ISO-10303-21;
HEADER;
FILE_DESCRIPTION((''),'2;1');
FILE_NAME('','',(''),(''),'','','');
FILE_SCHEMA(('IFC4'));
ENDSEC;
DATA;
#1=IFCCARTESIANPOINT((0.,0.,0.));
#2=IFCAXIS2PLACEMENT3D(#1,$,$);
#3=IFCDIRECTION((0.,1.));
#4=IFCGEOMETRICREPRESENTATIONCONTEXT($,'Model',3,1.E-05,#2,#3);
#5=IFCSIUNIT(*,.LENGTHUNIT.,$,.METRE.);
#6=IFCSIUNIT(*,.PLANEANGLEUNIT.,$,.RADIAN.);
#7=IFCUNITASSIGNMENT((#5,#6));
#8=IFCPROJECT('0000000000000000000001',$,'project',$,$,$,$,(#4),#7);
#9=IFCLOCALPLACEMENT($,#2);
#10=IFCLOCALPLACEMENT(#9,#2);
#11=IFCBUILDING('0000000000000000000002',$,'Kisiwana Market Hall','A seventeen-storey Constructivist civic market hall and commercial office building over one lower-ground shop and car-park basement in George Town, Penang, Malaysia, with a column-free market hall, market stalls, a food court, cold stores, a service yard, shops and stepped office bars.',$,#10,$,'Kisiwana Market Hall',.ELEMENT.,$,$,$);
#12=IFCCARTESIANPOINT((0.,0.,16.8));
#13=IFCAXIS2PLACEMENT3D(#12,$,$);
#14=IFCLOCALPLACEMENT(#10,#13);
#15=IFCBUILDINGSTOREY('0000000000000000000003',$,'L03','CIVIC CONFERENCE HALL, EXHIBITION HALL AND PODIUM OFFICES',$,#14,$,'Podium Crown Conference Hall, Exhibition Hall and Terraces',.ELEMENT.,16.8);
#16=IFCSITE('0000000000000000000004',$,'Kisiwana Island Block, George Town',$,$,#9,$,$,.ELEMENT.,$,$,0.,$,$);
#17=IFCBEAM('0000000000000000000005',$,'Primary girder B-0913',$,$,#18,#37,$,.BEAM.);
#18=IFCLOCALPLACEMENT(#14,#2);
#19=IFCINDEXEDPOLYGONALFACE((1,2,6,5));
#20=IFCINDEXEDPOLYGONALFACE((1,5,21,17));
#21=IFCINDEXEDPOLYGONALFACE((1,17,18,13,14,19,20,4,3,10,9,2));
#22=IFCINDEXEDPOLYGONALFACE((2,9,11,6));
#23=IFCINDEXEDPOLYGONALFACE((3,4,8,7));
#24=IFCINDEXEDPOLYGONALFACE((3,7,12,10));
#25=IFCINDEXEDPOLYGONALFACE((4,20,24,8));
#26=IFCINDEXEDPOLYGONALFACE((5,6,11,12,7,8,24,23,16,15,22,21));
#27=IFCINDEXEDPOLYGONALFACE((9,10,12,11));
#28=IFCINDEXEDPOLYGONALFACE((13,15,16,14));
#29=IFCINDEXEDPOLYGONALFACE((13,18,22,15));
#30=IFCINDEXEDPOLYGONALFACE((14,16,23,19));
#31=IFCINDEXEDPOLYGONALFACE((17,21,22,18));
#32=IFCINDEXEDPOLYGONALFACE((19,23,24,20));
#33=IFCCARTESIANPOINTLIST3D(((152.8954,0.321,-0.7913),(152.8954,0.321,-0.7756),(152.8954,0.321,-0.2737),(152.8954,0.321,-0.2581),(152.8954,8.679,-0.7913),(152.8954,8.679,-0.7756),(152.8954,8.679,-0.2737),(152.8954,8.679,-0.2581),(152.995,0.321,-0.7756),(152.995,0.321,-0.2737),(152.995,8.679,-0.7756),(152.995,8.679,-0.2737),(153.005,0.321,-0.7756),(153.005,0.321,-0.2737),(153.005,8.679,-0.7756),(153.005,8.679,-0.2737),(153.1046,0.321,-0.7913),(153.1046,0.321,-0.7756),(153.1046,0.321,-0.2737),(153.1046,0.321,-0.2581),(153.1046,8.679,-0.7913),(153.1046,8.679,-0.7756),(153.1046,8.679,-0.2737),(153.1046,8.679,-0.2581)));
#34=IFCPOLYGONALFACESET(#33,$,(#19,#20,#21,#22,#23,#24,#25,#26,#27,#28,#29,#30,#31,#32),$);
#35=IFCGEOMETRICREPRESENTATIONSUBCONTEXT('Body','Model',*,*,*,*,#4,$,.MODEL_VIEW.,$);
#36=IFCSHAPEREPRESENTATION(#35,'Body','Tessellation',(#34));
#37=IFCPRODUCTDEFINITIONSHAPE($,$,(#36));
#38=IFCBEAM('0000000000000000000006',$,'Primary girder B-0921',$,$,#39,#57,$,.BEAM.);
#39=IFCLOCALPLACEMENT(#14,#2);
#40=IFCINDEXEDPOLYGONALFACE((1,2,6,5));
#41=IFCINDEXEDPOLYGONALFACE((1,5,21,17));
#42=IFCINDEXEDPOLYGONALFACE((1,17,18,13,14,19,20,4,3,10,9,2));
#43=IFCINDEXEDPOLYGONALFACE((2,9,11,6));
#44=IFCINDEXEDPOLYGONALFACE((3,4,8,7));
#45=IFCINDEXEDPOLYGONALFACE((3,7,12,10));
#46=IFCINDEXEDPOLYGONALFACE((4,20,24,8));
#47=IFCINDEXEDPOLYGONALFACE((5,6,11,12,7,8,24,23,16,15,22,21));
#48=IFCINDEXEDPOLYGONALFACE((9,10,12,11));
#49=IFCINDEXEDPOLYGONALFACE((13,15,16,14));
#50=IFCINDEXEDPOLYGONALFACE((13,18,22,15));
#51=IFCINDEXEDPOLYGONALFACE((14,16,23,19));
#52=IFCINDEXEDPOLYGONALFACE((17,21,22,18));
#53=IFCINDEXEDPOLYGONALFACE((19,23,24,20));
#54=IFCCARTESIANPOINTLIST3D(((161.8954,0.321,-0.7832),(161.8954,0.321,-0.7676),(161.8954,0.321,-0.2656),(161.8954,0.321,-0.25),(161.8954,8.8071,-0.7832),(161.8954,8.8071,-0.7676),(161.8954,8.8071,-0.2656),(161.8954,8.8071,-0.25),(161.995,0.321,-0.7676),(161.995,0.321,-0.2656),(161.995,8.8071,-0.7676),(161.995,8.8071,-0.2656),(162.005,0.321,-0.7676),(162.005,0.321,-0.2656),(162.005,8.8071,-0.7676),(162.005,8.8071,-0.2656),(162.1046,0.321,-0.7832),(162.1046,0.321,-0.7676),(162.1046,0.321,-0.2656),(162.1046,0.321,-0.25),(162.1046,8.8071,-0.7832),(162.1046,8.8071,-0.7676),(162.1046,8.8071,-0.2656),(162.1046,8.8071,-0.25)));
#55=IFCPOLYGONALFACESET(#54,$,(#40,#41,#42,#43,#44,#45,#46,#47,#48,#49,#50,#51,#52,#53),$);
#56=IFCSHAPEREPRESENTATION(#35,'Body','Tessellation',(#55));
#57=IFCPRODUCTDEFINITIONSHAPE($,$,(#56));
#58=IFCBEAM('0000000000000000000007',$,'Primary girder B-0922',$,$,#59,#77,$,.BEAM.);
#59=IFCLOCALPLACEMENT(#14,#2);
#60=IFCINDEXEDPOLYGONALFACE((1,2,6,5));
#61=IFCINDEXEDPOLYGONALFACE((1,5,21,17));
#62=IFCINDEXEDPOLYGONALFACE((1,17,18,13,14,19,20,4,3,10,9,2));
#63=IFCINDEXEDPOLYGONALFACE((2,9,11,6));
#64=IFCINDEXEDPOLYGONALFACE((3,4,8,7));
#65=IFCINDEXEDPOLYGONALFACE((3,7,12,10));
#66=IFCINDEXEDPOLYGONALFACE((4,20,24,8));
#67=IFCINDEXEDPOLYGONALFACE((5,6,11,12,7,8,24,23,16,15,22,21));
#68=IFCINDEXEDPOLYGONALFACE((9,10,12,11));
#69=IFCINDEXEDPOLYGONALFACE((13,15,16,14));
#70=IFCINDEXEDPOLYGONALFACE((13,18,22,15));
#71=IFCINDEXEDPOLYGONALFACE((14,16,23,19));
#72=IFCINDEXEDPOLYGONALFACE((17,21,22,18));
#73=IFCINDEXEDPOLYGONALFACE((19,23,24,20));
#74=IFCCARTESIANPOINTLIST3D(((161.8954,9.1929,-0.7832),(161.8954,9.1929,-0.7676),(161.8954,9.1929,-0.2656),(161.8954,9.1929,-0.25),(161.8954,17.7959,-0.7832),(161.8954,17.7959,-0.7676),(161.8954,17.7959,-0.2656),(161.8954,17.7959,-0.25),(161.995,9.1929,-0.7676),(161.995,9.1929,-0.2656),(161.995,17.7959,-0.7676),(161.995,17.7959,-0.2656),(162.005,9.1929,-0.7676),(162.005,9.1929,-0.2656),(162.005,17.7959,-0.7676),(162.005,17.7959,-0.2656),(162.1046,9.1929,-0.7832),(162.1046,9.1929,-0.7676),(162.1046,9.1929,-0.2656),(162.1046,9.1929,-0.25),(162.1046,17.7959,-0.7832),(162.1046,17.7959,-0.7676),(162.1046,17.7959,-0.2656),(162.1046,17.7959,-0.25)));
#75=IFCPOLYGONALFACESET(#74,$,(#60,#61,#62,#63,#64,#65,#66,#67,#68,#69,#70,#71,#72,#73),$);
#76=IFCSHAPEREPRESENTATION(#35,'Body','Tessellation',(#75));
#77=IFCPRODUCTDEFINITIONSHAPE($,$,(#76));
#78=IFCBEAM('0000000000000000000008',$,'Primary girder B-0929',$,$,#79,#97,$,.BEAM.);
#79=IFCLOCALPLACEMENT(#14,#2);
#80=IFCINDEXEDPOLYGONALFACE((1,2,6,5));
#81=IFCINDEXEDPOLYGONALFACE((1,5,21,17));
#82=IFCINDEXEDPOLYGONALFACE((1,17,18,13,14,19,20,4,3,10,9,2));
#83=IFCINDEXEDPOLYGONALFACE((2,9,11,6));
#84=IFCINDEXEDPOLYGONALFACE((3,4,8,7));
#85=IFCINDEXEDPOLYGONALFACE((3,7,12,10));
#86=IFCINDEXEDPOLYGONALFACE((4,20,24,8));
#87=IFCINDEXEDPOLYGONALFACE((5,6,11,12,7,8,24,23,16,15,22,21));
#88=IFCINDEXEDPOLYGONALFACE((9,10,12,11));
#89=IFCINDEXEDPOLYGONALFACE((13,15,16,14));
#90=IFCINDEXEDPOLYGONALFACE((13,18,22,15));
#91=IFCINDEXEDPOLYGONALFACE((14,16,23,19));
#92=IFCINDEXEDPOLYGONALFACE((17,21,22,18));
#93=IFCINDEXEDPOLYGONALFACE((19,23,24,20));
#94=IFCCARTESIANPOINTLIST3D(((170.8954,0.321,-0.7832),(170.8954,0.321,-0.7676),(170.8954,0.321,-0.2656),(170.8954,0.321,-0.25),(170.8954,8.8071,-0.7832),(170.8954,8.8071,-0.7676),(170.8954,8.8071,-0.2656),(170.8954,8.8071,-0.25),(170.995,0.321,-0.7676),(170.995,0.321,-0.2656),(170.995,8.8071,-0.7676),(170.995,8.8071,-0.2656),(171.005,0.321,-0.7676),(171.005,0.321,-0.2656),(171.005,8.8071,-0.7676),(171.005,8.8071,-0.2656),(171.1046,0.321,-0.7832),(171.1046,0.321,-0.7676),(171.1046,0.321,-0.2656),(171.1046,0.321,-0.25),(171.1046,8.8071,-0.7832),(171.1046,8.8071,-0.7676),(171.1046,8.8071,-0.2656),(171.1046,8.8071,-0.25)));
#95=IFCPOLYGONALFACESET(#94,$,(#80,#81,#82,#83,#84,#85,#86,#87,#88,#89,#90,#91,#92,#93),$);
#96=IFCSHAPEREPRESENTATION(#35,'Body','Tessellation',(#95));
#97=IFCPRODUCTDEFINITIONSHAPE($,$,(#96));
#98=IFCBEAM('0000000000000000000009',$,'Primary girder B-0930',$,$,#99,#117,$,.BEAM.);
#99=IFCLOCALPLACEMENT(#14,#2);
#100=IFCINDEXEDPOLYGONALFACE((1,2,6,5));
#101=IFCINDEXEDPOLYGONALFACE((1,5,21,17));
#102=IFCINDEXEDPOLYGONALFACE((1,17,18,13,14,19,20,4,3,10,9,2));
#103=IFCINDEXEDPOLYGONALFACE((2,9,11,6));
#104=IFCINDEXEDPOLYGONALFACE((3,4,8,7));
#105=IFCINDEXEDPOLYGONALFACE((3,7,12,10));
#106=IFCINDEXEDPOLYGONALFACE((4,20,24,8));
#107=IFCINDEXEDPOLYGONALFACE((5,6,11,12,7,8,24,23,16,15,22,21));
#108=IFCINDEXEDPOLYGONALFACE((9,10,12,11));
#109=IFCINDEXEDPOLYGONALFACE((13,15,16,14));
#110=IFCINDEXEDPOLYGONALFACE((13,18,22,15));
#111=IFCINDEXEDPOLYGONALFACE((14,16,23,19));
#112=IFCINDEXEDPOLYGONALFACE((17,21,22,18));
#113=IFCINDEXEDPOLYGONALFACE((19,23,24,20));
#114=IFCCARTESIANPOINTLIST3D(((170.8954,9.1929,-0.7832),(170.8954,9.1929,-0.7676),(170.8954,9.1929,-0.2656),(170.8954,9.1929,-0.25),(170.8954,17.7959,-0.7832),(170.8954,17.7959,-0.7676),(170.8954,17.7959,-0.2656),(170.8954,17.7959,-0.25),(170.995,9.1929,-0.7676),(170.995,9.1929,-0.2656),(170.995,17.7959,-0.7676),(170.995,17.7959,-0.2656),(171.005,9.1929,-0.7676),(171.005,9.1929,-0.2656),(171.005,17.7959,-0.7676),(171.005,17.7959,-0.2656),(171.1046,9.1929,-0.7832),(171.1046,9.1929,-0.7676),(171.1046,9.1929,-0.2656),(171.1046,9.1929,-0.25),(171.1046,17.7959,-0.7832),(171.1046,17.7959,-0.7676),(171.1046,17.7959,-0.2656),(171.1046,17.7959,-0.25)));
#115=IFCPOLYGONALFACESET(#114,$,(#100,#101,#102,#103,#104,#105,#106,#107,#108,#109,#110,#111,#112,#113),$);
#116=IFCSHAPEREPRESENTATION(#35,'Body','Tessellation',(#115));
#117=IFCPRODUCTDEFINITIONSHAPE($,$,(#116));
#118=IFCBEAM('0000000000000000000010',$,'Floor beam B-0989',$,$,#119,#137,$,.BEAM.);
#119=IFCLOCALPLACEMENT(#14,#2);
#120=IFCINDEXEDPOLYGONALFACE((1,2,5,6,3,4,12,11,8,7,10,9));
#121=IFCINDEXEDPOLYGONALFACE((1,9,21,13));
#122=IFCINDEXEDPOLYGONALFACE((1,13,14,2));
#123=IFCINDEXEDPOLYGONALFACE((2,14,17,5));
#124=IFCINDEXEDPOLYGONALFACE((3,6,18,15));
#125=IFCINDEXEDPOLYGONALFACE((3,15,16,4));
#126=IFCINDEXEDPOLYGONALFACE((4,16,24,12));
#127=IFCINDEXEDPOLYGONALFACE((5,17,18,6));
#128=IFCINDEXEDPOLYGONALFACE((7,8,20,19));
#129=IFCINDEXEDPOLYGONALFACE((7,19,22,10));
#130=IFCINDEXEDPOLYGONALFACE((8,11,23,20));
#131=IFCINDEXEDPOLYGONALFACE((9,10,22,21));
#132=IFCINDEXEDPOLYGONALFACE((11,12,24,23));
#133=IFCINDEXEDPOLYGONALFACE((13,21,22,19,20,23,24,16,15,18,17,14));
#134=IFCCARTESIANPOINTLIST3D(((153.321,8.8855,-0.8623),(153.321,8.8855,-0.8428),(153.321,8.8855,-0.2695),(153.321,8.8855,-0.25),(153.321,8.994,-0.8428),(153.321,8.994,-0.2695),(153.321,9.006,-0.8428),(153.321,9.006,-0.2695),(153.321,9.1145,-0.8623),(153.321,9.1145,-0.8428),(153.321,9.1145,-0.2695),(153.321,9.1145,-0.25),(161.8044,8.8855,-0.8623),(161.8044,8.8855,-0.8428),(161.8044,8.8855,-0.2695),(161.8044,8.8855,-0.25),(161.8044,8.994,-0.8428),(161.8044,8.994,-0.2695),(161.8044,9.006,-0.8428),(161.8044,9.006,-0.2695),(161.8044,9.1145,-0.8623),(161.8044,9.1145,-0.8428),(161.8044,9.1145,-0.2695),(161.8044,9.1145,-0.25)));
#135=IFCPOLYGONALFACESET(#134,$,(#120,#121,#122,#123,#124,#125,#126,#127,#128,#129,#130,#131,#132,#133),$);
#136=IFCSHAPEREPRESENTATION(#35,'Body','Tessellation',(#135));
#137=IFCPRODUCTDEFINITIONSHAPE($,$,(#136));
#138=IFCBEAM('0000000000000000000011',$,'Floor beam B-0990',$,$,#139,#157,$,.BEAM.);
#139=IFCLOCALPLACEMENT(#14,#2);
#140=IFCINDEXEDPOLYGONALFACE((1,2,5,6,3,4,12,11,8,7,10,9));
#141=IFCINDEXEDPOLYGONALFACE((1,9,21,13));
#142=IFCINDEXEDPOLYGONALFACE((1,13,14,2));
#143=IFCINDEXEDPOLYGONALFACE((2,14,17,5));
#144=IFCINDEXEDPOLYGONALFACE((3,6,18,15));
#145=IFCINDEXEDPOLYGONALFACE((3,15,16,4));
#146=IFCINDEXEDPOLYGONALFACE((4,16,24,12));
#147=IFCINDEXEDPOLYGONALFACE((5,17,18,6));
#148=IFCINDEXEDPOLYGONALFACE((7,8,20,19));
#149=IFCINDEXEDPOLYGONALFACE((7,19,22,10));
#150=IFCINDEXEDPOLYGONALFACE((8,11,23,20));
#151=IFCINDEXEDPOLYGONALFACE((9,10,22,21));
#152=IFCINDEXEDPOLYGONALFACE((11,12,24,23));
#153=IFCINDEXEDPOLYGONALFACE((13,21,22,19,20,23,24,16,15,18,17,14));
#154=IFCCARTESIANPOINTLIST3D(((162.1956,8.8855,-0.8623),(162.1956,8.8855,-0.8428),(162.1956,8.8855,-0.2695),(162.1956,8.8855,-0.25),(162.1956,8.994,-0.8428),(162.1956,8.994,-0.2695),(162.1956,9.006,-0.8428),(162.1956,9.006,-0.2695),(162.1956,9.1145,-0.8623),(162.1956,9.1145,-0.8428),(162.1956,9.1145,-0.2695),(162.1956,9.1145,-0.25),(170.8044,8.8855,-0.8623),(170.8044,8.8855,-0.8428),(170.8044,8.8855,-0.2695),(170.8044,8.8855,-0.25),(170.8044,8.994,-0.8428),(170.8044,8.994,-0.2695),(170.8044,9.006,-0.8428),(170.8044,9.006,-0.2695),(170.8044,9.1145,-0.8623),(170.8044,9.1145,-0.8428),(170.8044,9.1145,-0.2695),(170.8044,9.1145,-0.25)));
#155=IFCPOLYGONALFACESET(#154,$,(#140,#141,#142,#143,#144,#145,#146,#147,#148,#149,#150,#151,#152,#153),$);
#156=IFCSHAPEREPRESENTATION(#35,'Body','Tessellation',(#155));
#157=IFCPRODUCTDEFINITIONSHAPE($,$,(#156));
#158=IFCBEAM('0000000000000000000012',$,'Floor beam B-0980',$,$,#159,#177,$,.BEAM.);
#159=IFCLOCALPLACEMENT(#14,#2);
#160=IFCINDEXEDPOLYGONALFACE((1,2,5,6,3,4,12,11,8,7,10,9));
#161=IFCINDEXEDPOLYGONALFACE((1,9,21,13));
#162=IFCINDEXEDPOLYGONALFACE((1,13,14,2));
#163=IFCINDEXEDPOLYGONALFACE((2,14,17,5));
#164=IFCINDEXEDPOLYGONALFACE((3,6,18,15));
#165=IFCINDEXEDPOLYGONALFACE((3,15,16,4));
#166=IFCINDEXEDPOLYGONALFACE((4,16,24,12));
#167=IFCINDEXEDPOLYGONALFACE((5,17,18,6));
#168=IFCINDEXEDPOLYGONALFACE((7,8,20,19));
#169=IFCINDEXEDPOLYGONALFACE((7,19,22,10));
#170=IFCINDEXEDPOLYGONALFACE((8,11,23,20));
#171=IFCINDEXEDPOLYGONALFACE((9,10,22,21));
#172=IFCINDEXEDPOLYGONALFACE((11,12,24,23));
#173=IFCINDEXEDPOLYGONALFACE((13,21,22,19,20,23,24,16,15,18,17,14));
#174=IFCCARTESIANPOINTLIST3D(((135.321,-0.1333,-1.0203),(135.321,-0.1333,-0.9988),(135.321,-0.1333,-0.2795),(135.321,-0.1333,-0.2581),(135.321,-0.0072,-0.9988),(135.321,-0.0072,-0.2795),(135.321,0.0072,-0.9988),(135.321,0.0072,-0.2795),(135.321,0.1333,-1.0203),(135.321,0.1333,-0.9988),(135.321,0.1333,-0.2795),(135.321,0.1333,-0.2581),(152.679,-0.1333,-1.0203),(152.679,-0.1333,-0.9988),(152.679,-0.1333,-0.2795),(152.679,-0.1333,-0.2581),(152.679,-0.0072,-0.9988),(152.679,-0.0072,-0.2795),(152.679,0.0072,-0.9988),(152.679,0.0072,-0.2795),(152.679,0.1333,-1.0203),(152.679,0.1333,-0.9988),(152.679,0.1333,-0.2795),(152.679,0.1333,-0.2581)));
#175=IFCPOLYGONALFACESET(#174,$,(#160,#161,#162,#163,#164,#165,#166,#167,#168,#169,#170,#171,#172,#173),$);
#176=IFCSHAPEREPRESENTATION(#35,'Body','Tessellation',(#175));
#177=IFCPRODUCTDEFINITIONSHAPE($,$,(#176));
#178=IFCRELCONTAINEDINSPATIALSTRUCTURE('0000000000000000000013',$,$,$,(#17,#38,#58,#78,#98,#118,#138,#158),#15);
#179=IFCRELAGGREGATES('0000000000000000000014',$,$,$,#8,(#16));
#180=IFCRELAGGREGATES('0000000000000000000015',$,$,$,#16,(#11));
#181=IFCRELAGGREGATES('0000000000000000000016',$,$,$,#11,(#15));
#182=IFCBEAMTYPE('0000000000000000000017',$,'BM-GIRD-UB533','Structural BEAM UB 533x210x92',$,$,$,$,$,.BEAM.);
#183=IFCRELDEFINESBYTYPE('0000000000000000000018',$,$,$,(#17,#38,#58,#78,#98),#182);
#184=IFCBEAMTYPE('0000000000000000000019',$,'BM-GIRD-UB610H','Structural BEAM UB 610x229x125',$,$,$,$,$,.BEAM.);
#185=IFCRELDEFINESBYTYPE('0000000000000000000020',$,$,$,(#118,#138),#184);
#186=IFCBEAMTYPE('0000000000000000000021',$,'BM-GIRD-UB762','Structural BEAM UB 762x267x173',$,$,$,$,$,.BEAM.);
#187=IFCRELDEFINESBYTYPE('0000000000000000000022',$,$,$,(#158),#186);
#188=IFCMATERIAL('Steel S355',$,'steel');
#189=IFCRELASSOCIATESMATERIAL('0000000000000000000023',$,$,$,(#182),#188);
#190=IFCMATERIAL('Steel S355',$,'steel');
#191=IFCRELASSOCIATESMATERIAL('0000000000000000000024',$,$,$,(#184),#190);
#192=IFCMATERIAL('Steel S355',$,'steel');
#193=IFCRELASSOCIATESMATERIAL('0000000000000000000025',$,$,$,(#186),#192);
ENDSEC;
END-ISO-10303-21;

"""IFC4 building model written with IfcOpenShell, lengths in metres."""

from ifc_helpers import new_model, si_unit, direction, frame, origin, origin_2d, place, context, subcontext, project, spatial, i_section, extrude, material, material_profile, profile_set, type_object, element, save


model = new_model("IFC4")

# Units and contexts
model_context = context("Model", 3, precision=1e-05, world=origin(), true_north=direction((0.0, 1.0)))
body_context = subcontext(model_context, "Body", "Model", "MODEL_VIEW")
ifc_project = project(units=[si_unit("LENGTHUNIT", "METRE"), si_unit("PLANEANGLEUNIT", "RADIAN")], contexts=[model_context])

# Site, building, storey
site_placement = place(None, origin())
site = spatial("IfcSite", under=ifc_project, at=site_placement, Name="Kisiwana Island Block, George Town", CompositionType="ELEMENT", RefElevation=0.0)
building_placement = place(site_placement, origin())
building = spatial("IfcBuilding", under=site, at=building_placement, Name="Kisiwana Market Hall", Description="A seventeen-storey Constructivist civic market hall and commercial office building over one lower-ground shop and car-park basement in George Town, Penang, Malaysia, with a column-free market hall, market stalls, a food court, cold stores, a service yard, shops and stepped office bars.", LongName="Kisiwana Market Hall", CompositionType="ELEMENT")
storey_placement = place(building_placement, frame((0.0, 0.0, 16.8)))
storey = spatial("IfcBuildingStorey", under=building, at=storey_placement, Name="L03", Description="CIVIC CONFERENCE HALL, EXHIBITION HALL AND PODIUM OFFICES", LongName="Podium Crown Conference Hall, Exhibition Hall and Terraces", CompositionType="ELEMENT", Elevation=16.8)

# Beams
ifc_material_1 = material(Name="Steel S355", Category="steel")
ifc_material_profile_1 = material_profile(ifc_material_1, i_section(OverallWidth=0.2092, OverallDepth=0.5332, WebThickness=0.01, FlangeThickness=0.0156, at=origin_2d()), Name="UB 533x210x92")
ifc_profile_set_1 = profile_set([ifc_material_profile_1], Name="Steel S355")
beam_type_1 = type_object("IfcBeamType", Name="BM-GIRD-UB533", Description="Structural BEAM UB 533x210x92", PredefinedType="BEAM", material=ifc_profile_set_1)
beam_1_placement = place(storey_placement, frame((153.0, 0.321, -0.5247), z_axis=(0.0, 1.0, 0.0), x_axis=(-1.0, 0.0, 0.0)))
element("IfcBeam", 1, at=beam_1_placement, inside=storey, type_object=beam_type_1, Name="Primary girder B-0913", PredefinedType="BEAM", context=body_context, shape_type="SweptSolid", body=[
    extrude(i_section(OverallWidth=0.2092, OverallDepth=0.5332, WebThickness=0.01, FlangeThickness=0.0156, at=origin_2d()), origin(), (0.0, 0.0, 1.0), 8.3579),
])
beam_2_placement = place(storey_placement, frame((162.0, 0.321, -0.5166), z_axis=(0.0, 1.0, 0.0), x_axis=(-1.0, 0.0, 0.0)))
element("IfcBeam", 2, at=beam_2_placement, inside=storey, type_object=beam_type_1, Name="Primary girder B-0921", PredefinedType="BEAM", context=body_context, shape_type="SweptSolid", body=[
    extrude(i_section(OverallWidth=0.2092, OverallDepth=0.5332, WebThickness=0.01, FlangeThickness=0.0156, at=origin_2d()), origin(), (0.0, 0.0, 1.0), 8.4861),
])
beam_3_placement = place(storey_placement, frame((162.0, 9.1929, -0.5166), z_axis=(0.0, 1.0, 0.0), x_axis=(-1.0, 0.0, 0.0)))
element("IfcBeam", 3, at=beam_3_placement, inside=storey, type_object=beam_type_1, Name="Primary girder B-0922", PredefinedType="BEAM", context=body_context, shape_type="SweptSolid", body=[
    extrude(i_section(OverallWidth=0.2092, OverallDepth=0.5332, WebThickness=0.01, FlangeThickness=0.0156, at=origin_2d()), origin(), (0.0, 0.0, 1.0), 8.603),
])
beam_4_placement = place(storey_placement, frame((171.0, 0.321, -0.5166), z_axis=(0.0, 1.0, 0.0), x_axis=(-1.0, 0.0, 0.0)))
element("IfcBeam", 4, at=beam_4_placement, inside=storey, type_object=beam_type_1, Name="Primary girder B-0929", PredefinedType="BEAM", context=body_context, shape_type="SweptSolid", body=[
    extrude(i_section(OverallWidth=0.2092, OverallDepth=0.5332, WebThickness=0.01, FlangeThickness=0.0156, at=origin_2d()), origin(), (0.0, 0.0, 1.0), 8.4861),
])
beam_5_placement = place(storey_placement, frame((171.0, 9.1929, -0.5166), z_axis=(0.0, 1.0, 0.0), x_axis=(-1.0, 0.0, 0.0)))
element("IfcBeam", 5, at=beam_5_placement, inside=storey, type_object=beam_type_1, Name="Primary girder B-0930", PredefinedType="BEAM", context=body_context, shape_type="SweptSolid", body=[
    extrude(i_section(OverallWidth=0.2092, OverallDepth=0.5332, WebThickness=0.01, FlangeThickness=0.0156, at=origin_2d()), origin(), (0.0, 0.0, 1.0), 8.603),
])
ifc_material_2 = material(Name="Steel S355", Category="steel")
ifc_material_profile_2 = material_profile(ifc_material_2, i_section(OverallWidth=0.229, OverallDepth=0.6123, WebThickness=0.012, FlangeThickness=0.0195, at=origin_2d()), Name="UB 610x229x125")
ifc_profile_set_2 = profile_set([ifc_material_profile_2], Name="Steel S355")
beam_type_2 = type_object("IfcBeamType", Name="BM-GIRD-UB610H", Description="Structural BEAM UB 610x229x125", PredefinedType="BEAM", material=ifc_profile_set_2)
beam_6_placement = place(storey_placement, frame((153.321, 9.0, -0.5562), z_axis=(1.0, 0.0, 0.0), x_axis=(0.0, 1.0, 0.0)))
element("IfcBeam", 6, at=beam_6_placement, inside=storey, type_object=beam_type_2, Name="Floor beam B-0989", PredefinedType="BEAM", context=body_context, shape_type="SweptSolid", body=[
    extrude(i_section(OverallWidth=0.229, OverallDepth=0.6123, WebThickness=0.012, FlangeThickness=0.0195, at=origin_2d()), origin(), (0.0, 0.0, 1.0), 8.4834),
])
beam_7_placement = place(storey_placement, frame((162.1956, 9.0, -0.5562), z_axis=(1.0, 0.0, 0.0), x_axis=(0.0, 1.0, 0.0)))
element("IfcBeam", 7, at=beam_7_placement, inside=storey, type_object=beam_type_2, Name="Floor beam B-0990", PredefinedType="BEAM", context=body_context, shape_type="SweptSolid", body=[
    extrude(i_section(OverallWidth=0.229, OverallDepth=0.6123, WebThickness=0.012, FlangeThickness=0.0195, at=origin_2d()), origin(), (0.0, 0.0, 1.0), 8.6089),
])
ifc_material_3 = material(Name="Steel S355", Category="steel")
ifc_material_profile_3 = material_profile(ifc_material_3, i_section(OverallWidth=0.2666, OverallDepth=0.7622, WebThickness=0.0144, FlangeThickness=0.0215, at=origin_2d()), Name="UB 762x267x173")
ifc_profile_set_3 = profile_set([ifc_material_profile_3], Name="Steel S355")
beam_type_3 = type_object("IfcBeamType", Name="BM-GIRD-UB762", Description="Structural BEAM UB 762x267x173", PredefinedType="BEAM", material=ifc_profile_set_3)
beam_8_placement = place(storey_placement, frame((135.321, 0.0, -0.6392), z_axis=(1.0, 0.0, 0.0), x_axis=(0.0, 1.0, 0.0)))
element("IfcBeam", 8, at=beam_8_placement, inside=storey, type_object=beam_type_3, Name="Floor beam B-0980", PredefinedType="BEAM", context=body_context, shape_type="SweptSolid", body=[
    extrude(i_section(OverallWidth=0.2666, OverallDepth=0.7622, WebThickness=0.0144, FlangeThickness=0.0215, at=origin_2d()), origin(), (0.0, 0.0, 1.0), 17.3579),
])

save(model, "model.ifc")
